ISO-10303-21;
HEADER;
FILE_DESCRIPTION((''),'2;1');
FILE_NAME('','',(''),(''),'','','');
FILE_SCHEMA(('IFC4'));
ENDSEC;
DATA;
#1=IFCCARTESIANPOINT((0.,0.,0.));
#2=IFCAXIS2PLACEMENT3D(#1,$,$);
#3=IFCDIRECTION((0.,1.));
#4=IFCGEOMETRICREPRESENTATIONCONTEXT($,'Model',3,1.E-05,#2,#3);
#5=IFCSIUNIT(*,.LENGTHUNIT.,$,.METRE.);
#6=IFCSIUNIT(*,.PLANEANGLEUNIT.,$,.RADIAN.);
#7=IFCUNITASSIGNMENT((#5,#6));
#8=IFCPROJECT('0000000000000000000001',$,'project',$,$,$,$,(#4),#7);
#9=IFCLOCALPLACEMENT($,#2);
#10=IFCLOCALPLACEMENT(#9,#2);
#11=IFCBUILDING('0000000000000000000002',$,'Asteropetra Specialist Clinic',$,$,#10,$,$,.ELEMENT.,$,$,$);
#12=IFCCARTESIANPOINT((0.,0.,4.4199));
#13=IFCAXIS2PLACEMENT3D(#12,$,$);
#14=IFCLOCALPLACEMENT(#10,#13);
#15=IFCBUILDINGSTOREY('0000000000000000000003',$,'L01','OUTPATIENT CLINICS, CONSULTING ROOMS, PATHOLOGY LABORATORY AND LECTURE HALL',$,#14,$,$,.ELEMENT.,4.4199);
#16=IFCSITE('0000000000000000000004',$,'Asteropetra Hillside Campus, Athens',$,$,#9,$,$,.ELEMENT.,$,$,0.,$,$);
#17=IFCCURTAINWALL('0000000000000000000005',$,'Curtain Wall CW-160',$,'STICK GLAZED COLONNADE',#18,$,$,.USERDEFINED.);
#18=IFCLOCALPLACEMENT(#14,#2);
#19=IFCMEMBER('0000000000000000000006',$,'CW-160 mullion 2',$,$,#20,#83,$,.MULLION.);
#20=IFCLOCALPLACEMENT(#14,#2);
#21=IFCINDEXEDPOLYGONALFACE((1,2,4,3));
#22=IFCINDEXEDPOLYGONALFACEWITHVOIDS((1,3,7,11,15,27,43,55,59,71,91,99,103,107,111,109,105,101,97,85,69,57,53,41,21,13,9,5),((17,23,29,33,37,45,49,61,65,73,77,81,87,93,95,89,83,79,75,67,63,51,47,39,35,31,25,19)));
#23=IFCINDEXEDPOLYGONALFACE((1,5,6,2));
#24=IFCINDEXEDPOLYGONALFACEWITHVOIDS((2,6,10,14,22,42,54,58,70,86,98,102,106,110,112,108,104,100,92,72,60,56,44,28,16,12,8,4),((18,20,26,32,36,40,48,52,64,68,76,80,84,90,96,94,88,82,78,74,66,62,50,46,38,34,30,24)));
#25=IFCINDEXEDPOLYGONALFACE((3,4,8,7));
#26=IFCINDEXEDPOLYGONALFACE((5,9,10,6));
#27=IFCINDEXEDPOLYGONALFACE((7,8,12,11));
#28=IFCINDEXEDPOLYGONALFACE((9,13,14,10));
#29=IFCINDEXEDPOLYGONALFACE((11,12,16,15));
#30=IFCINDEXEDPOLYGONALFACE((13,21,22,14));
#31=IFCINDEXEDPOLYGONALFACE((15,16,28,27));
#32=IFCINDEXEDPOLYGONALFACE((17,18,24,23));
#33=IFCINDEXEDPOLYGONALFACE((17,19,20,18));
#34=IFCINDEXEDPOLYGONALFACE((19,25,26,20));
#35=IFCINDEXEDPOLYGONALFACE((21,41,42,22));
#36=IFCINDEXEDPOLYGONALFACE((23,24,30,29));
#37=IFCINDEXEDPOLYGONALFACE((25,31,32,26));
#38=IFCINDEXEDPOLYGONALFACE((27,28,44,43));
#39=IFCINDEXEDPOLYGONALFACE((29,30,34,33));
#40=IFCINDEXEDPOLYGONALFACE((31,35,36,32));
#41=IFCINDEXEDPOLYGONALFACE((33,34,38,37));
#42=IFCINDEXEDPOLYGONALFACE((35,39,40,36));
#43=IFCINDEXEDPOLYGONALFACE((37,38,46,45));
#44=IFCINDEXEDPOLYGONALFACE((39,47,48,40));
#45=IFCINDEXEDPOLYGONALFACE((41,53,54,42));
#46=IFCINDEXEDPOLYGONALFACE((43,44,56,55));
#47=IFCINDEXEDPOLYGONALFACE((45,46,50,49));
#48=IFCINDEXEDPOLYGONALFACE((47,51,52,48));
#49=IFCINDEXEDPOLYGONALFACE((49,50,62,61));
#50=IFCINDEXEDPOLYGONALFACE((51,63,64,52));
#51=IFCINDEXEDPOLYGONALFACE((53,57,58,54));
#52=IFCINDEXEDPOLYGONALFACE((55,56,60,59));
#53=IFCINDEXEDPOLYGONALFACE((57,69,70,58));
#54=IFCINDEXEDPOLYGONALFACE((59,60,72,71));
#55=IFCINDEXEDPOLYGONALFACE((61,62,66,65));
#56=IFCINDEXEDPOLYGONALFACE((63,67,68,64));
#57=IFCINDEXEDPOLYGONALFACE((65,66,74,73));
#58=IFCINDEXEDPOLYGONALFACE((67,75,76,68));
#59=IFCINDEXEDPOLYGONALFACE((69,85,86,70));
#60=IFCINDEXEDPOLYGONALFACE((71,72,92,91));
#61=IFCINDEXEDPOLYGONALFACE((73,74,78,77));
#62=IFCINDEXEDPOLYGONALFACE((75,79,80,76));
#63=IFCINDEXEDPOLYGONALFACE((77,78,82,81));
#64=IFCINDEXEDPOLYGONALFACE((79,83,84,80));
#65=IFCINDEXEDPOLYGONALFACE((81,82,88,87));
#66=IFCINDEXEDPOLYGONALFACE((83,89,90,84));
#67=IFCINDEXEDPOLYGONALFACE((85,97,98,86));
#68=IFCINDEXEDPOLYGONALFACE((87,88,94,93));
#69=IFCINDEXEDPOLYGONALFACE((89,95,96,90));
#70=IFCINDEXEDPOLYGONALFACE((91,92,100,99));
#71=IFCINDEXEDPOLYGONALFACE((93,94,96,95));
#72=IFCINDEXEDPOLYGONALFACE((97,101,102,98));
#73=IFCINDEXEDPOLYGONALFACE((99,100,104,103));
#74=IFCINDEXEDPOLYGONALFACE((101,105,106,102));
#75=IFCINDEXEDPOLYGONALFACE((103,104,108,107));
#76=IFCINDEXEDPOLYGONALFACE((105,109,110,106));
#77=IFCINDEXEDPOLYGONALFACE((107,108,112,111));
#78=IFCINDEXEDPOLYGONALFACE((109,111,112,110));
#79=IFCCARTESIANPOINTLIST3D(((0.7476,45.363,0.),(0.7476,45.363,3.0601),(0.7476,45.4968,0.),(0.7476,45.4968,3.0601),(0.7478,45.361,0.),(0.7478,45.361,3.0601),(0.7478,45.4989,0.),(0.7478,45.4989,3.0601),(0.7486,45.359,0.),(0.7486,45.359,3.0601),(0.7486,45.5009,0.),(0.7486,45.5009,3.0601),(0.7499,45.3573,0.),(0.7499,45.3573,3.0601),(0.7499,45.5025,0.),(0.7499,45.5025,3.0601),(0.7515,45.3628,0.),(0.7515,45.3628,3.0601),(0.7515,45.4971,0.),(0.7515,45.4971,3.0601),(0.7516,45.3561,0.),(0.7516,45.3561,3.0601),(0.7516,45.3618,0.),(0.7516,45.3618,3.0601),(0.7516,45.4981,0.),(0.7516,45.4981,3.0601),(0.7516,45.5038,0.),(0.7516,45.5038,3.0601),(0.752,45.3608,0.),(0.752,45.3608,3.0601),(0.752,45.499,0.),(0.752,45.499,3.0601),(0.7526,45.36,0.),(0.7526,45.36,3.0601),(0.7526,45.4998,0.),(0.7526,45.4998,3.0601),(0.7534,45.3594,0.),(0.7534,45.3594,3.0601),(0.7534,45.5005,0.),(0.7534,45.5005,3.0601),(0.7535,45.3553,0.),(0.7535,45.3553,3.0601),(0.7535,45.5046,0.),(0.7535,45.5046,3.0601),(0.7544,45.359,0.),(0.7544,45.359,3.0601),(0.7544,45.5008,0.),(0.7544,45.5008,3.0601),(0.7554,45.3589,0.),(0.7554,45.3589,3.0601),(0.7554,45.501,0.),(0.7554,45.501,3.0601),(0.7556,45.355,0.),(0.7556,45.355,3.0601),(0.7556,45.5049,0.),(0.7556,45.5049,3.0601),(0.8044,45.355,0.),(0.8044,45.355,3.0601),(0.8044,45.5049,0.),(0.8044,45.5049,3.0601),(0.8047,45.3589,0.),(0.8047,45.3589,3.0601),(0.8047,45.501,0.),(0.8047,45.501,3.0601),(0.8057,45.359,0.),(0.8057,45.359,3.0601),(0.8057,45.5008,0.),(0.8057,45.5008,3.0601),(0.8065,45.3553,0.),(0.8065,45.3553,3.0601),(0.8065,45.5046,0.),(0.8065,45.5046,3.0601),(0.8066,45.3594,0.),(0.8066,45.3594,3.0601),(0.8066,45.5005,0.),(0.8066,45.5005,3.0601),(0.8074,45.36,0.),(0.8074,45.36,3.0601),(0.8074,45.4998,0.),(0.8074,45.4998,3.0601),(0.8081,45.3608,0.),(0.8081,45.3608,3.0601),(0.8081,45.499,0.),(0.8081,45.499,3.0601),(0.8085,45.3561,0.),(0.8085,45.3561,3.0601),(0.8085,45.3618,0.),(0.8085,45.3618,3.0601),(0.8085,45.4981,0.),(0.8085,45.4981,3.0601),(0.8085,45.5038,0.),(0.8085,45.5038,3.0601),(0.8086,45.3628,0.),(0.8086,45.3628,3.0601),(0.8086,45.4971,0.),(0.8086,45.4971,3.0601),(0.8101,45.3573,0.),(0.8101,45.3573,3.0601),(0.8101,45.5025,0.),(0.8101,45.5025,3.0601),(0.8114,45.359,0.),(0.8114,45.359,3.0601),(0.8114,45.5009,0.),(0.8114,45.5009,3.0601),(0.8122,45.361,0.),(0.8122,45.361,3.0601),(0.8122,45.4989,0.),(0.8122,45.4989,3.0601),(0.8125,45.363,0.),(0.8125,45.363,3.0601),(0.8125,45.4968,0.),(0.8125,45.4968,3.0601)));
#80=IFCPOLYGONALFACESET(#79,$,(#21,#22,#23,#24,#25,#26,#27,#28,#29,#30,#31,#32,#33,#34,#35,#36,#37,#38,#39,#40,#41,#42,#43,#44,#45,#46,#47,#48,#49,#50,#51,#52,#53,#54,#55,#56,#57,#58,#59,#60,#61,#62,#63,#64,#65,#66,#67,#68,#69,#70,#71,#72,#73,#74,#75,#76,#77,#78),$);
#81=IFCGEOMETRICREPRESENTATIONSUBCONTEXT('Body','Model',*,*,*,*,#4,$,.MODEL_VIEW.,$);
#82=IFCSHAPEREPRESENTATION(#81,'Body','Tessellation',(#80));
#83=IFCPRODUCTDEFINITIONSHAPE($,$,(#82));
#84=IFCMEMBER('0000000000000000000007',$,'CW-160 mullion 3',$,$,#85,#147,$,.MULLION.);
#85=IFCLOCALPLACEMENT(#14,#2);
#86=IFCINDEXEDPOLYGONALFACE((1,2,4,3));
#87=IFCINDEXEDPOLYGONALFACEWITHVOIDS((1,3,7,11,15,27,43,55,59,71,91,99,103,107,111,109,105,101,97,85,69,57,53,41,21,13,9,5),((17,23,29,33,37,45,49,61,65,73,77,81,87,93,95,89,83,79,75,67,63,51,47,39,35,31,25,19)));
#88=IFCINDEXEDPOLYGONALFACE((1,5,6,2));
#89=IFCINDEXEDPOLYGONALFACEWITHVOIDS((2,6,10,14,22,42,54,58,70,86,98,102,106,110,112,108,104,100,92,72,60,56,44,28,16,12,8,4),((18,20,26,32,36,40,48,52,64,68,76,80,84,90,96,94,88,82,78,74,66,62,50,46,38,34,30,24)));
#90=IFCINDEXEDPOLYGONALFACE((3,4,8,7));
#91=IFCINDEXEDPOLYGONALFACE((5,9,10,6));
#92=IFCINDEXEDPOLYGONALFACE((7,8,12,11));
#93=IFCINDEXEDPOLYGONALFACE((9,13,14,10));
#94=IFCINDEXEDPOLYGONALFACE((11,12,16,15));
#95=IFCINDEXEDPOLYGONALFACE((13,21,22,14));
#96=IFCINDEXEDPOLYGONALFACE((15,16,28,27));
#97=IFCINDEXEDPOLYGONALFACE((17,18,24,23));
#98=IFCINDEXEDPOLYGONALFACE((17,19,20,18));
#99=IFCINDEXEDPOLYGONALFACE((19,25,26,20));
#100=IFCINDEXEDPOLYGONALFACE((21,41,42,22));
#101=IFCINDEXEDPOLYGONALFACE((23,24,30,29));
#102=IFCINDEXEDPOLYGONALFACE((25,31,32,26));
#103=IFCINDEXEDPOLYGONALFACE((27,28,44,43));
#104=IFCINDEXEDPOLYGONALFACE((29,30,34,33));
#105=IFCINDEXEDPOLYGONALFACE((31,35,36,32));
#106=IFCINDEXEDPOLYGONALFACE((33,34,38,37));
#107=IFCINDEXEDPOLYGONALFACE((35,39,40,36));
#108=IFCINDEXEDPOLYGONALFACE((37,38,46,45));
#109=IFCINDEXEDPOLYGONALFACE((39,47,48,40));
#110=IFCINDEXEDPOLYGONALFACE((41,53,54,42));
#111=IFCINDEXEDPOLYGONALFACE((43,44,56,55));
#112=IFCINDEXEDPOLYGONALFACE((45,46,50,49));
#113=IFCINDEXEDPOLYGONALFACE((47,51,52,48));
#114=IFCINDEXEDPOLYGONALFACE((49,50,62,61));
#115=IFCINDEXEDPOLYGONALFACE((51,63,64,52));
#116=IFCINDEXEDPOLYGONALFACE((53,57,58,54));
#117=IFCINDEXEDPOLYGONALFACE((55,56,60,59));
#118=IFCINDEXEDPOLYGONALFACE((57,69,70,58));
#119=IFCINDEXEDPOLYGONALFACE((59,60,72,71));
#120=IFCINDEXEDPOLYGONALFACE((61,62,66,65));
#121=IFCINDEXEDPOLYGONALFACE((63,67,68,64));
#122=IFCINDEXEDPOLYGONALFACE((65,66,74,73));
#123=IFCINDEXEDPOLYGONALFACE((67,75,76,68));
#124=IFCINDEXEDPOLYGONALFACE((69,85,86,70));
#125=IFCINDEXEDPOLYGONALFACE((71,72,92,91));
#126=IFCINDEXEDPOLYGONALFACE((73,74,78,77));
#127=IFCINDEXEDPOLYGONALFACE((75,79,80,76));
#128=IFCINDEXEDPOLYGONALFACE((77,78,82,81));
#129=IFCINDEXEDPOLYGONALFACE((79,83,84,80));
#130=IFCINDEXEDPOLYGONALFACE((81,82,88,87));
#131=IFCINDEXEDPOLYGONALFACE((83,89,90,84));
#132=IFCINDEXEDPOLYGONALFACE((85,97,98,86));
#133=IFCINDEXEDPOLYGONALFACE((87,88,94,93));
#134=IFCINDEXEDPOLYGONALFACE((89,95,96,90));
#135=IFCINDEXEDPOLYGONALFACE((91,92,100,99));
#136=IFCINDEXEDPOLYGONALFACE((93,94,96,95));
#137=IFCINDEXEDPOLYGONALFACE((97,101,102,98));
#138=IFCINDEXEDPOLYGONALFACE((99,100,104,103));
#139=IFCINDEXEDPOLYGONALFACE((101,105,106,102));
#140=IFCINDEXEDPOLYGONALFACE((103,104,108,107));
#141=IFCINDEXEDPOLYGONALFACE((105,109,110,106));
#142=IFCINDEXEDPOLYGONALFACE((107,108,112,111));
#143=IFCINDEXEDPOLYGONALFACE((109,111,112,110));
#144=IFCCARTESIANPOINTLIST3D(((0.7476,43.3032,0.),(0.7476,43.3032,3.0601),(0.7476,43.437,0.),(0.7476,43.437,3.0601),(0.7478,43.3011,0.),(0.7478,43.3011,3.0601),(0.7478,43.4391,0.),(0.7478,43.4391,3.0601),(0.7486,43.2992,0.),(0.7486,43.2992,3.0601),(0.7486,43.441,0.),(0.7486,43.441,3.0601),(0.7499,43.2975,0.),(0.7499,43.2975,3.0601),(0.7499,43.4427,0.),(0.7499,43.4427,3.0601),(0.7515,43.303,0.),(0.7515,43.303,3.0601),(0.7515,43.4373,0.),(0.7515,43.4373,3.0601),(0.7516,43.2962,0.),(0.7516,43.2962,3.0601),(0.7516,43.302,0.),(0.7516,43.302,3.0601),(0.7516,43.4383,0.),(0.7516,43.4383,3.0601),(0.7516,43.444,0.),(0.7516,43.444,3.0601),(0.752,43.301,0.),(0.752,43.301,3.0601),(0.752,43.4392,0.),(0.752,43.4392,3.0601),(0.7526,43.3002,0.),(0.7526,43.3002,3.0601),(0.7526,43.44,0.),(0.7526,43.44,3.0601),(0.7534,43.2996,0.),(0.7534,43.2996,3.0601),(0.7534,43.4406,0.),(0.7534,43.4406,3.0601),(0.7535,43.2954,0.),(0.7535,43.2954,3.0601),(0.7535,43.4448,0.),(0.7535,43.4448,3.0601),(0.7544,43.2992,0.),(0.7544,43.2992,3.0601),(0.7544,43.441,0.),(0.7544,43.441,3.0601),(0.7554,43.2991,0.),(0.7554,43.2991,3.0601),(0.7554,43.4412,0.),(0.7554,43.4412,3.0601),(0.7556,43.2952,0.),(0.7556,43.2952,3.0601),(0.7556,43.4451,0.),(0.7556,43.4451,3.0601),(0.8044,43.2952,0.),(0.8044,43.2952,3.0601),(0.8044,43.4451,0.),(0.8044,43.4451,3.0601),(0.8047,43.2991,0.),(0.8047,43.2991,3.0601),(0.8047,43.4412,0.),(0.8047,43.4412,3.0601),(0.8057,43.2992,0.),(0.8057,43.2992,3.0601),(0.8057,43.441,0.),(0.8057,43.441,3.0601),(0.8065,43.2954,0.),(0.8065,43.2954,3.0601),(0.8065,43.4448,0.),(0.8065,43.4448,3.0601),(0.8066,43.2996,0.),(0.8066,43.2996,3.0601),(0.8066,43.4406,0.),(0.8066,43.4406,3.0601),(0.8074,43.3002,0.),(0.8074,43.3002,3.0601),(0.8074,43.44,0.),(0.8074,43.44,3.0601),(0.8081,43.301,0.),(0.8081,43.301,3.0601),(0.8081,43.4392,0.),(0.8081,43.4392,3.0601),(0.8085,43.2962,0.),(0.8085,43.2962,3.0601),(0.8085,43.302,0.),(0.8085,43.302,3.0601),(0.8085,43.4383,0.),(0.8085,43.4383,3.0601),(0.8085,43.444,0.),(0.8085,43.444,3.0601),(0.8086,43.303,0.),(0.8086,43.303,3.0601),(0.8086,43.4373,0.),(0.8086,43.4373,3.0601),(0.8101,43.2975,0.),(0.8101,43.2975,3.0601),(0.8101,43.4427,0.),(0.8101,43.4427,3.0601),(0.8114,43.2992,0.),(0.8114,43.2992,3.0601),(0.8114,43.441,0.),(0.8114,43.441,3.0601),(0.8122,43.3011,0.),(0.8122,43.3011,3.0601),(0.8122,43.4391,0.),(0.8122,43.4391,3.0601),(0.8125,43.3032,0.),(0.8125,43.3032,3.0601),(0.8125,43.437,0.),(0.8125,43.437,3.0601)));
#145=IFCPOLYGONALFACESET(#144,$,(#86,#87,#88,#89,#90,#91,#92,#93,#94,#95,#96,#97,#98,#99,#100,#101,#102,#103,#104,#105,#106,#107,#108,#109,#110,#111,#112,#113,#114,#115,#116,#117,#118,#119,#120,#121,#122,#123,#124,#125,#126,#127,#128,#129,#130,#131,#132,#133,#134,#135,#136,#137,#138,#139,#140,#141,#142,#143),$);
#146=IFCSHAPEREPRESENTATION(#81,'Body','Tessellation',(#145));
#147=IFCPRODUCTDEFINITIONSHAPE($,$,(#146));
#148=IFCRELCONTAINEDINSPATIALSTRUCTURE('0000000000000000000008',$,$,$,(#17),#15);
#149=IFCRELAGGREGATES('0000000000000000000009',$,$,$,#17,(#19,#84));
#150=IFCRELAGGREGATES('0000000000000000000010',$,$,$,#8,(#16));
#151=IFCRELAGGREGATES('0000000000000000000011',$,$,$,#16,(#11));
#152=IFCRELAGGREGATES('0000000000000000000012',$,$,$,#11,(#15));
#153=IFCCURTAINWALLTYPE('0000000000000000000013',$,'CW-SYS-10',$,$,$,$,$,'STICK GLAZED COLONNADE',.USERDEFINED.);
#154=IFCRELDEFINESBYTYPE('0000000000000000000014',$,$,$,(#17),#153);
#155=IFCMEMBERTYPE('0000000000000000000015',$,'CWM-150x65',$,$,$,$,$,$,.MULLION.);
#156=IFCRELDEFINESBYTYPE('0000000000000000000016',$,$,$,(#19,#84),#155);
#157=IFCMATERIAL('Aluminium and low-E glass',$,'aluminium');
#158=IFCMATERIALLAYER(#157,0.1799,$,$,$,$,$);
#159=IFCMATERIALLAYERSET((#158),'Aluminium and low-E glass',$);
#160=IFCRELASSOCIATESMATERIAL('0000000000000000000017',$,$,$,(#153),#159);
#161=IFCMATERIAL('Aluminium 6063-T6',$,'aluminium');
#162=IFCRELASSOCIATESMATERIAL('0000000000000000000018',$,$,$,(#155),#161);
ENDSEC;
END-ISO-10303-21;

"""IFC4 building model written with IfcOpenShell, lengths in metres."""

from ifc_helpers import new_model, si_unit, direction, frame, origin, origin_2d, place, context, subcontext, project, spatial, hollow_rectangle, extrude, material, layer, layer_set, material_profile, profile_set, type_object, element, aggregate, save


model = new_model("IFC4")

# Units and contexts
model_context = context("Model", 3, precision=1e-05, world=origin(), true_north=direction((0.0, 1.0)))
body_context = subcontext(model_context, "Body", "Model", "MODEL_VIEW")
ifc_project = project(units=[si_unit("LENGTHUNIT", "METRE"), si_unit("PLANEANGLEUNIT", "RADIAN")], contexts=[model_context])

# Site, building, storey
site_placement = place(None, origin())
site = spatial("IfcSite", under=ifc_project, at=site_placement, Name="Asteropetra Hillside Campus, Athens", CompositionType="ELEMENT", RefElevation=0.0)
building_placement = place(site_placement, origin())
building = spatial("IfcBuilding", under=site, at=building_placement, Name="Asteropetra Specialist Clinic", CompositionType="ELEMENT")
storey_placement = place(building_placement, frame((0.0, 0.0, 4.4199)))
storey = spatial("IfcBuildingStorey", under=building, at=storey_placement, Name="L01", Description="OUTPATIENT CLINICS, CONSULTING ROOMS, PATHOLOGY LABORATORY AND LECTURE HALL", CompositionType="ELEMENT", Elevation=4.4199)

# Curtain wall, members
ifc_material_1 = material(Name="Aluminium and low-E glass", Category="aluminium")
ifc_layer_1 = layer(ifc_material_1, 0.1799)
ifc_layer_set_1 = layer_set([ifc_layer_1], Name="Aluminium and low-E glass")
curtain_wall_type = type_object("IfcCurtainWallType", Name="CW-SYS-10", ElementType="STICK GLAZED COLONNADE", PredefinedType="USERDEFINED", material=ifc_layer_set_1)
curtain_wall_placement = place(storey_placement, origin())
curtain_wall = element("IfcCurtainWall", 1, at=curtain_wall_placement, inside=storey, type_object=curtain_wall_type, Name="Curtain Wall CW-160", ObjectType="STICK GLAZED COLONNADE", PredefinedType="USERDEFINED")
ifc_material_2 = material(Name="Aluminium 6063-T6", Category="aluminium")
ifc_material_profile_1 = material_profile(ifc_material_2, hollow_rectangle(XDim=0.0649, YDim=0.1499, WallThickness=0.0039, InnerFilletRadius=0.0039, OuterFilletRadius=0.0081, at=origin_2d()), Name="MUL 150x65x4.0")
ifc_profile_set_1 = profile_set([ifc_material_profile_1], Name="Aluminium 6063-T6")
member_type_1 = type_object("IfcMemberType", Name="CWM-150x65", PredefinedType="MULLION", material=ifc_profile_set_1)
member_1_placement = place(storey_placement, frame((0.78, 45.4299, 0.0), z_axis=(0.0, 0.0, 1.0), x_axis=(1.0, 0.0, 0.0)))
member_1 = element("IfcMember", 2, at=member_1_placement, type_object=member_type_1, Name="CW-160 mullion 2", PredefinedType="MULLION", context=body_context, shape_type="SweptSolid", body=[
    extrude(hollow_rectangle(XDim=0.0649, YDim=0.1499, WallThickness=0.0039, InnerFilletRadius=0.0039, OuterFilletRadius=0.0081, at=origin_2d()), origin(), (0.0, 0.0, 1.0), 3.0601),
])
member_2_placement = place(storey_placement, frame((0.78, 43.3701, 0.0), z_axis=(0.0, 0.0, 1.0), x_axis=(1.0, 0.0, 0.0)))
member_2 = element("IfcMember", 3, at=member_2_placement, type_object=member_type_1, Name="CW-160 mullion 3", PredefinedType="MULLION", context=body_context, shape_type="SweptSolid", body=[
    extrude(hollow_rectangle(XDim=0.0649, YDim=0.1499, WallThickness=0.0039, InnerFilletRadius=0.0039, OuterFilletRadius=0.0081, at=origin_2d()), origin(), (0.0, 0.0, 1.0), 3.0601),
])
aggregate(curtain_wall, [member_1, member_2])

save(model, "model.ifc")
